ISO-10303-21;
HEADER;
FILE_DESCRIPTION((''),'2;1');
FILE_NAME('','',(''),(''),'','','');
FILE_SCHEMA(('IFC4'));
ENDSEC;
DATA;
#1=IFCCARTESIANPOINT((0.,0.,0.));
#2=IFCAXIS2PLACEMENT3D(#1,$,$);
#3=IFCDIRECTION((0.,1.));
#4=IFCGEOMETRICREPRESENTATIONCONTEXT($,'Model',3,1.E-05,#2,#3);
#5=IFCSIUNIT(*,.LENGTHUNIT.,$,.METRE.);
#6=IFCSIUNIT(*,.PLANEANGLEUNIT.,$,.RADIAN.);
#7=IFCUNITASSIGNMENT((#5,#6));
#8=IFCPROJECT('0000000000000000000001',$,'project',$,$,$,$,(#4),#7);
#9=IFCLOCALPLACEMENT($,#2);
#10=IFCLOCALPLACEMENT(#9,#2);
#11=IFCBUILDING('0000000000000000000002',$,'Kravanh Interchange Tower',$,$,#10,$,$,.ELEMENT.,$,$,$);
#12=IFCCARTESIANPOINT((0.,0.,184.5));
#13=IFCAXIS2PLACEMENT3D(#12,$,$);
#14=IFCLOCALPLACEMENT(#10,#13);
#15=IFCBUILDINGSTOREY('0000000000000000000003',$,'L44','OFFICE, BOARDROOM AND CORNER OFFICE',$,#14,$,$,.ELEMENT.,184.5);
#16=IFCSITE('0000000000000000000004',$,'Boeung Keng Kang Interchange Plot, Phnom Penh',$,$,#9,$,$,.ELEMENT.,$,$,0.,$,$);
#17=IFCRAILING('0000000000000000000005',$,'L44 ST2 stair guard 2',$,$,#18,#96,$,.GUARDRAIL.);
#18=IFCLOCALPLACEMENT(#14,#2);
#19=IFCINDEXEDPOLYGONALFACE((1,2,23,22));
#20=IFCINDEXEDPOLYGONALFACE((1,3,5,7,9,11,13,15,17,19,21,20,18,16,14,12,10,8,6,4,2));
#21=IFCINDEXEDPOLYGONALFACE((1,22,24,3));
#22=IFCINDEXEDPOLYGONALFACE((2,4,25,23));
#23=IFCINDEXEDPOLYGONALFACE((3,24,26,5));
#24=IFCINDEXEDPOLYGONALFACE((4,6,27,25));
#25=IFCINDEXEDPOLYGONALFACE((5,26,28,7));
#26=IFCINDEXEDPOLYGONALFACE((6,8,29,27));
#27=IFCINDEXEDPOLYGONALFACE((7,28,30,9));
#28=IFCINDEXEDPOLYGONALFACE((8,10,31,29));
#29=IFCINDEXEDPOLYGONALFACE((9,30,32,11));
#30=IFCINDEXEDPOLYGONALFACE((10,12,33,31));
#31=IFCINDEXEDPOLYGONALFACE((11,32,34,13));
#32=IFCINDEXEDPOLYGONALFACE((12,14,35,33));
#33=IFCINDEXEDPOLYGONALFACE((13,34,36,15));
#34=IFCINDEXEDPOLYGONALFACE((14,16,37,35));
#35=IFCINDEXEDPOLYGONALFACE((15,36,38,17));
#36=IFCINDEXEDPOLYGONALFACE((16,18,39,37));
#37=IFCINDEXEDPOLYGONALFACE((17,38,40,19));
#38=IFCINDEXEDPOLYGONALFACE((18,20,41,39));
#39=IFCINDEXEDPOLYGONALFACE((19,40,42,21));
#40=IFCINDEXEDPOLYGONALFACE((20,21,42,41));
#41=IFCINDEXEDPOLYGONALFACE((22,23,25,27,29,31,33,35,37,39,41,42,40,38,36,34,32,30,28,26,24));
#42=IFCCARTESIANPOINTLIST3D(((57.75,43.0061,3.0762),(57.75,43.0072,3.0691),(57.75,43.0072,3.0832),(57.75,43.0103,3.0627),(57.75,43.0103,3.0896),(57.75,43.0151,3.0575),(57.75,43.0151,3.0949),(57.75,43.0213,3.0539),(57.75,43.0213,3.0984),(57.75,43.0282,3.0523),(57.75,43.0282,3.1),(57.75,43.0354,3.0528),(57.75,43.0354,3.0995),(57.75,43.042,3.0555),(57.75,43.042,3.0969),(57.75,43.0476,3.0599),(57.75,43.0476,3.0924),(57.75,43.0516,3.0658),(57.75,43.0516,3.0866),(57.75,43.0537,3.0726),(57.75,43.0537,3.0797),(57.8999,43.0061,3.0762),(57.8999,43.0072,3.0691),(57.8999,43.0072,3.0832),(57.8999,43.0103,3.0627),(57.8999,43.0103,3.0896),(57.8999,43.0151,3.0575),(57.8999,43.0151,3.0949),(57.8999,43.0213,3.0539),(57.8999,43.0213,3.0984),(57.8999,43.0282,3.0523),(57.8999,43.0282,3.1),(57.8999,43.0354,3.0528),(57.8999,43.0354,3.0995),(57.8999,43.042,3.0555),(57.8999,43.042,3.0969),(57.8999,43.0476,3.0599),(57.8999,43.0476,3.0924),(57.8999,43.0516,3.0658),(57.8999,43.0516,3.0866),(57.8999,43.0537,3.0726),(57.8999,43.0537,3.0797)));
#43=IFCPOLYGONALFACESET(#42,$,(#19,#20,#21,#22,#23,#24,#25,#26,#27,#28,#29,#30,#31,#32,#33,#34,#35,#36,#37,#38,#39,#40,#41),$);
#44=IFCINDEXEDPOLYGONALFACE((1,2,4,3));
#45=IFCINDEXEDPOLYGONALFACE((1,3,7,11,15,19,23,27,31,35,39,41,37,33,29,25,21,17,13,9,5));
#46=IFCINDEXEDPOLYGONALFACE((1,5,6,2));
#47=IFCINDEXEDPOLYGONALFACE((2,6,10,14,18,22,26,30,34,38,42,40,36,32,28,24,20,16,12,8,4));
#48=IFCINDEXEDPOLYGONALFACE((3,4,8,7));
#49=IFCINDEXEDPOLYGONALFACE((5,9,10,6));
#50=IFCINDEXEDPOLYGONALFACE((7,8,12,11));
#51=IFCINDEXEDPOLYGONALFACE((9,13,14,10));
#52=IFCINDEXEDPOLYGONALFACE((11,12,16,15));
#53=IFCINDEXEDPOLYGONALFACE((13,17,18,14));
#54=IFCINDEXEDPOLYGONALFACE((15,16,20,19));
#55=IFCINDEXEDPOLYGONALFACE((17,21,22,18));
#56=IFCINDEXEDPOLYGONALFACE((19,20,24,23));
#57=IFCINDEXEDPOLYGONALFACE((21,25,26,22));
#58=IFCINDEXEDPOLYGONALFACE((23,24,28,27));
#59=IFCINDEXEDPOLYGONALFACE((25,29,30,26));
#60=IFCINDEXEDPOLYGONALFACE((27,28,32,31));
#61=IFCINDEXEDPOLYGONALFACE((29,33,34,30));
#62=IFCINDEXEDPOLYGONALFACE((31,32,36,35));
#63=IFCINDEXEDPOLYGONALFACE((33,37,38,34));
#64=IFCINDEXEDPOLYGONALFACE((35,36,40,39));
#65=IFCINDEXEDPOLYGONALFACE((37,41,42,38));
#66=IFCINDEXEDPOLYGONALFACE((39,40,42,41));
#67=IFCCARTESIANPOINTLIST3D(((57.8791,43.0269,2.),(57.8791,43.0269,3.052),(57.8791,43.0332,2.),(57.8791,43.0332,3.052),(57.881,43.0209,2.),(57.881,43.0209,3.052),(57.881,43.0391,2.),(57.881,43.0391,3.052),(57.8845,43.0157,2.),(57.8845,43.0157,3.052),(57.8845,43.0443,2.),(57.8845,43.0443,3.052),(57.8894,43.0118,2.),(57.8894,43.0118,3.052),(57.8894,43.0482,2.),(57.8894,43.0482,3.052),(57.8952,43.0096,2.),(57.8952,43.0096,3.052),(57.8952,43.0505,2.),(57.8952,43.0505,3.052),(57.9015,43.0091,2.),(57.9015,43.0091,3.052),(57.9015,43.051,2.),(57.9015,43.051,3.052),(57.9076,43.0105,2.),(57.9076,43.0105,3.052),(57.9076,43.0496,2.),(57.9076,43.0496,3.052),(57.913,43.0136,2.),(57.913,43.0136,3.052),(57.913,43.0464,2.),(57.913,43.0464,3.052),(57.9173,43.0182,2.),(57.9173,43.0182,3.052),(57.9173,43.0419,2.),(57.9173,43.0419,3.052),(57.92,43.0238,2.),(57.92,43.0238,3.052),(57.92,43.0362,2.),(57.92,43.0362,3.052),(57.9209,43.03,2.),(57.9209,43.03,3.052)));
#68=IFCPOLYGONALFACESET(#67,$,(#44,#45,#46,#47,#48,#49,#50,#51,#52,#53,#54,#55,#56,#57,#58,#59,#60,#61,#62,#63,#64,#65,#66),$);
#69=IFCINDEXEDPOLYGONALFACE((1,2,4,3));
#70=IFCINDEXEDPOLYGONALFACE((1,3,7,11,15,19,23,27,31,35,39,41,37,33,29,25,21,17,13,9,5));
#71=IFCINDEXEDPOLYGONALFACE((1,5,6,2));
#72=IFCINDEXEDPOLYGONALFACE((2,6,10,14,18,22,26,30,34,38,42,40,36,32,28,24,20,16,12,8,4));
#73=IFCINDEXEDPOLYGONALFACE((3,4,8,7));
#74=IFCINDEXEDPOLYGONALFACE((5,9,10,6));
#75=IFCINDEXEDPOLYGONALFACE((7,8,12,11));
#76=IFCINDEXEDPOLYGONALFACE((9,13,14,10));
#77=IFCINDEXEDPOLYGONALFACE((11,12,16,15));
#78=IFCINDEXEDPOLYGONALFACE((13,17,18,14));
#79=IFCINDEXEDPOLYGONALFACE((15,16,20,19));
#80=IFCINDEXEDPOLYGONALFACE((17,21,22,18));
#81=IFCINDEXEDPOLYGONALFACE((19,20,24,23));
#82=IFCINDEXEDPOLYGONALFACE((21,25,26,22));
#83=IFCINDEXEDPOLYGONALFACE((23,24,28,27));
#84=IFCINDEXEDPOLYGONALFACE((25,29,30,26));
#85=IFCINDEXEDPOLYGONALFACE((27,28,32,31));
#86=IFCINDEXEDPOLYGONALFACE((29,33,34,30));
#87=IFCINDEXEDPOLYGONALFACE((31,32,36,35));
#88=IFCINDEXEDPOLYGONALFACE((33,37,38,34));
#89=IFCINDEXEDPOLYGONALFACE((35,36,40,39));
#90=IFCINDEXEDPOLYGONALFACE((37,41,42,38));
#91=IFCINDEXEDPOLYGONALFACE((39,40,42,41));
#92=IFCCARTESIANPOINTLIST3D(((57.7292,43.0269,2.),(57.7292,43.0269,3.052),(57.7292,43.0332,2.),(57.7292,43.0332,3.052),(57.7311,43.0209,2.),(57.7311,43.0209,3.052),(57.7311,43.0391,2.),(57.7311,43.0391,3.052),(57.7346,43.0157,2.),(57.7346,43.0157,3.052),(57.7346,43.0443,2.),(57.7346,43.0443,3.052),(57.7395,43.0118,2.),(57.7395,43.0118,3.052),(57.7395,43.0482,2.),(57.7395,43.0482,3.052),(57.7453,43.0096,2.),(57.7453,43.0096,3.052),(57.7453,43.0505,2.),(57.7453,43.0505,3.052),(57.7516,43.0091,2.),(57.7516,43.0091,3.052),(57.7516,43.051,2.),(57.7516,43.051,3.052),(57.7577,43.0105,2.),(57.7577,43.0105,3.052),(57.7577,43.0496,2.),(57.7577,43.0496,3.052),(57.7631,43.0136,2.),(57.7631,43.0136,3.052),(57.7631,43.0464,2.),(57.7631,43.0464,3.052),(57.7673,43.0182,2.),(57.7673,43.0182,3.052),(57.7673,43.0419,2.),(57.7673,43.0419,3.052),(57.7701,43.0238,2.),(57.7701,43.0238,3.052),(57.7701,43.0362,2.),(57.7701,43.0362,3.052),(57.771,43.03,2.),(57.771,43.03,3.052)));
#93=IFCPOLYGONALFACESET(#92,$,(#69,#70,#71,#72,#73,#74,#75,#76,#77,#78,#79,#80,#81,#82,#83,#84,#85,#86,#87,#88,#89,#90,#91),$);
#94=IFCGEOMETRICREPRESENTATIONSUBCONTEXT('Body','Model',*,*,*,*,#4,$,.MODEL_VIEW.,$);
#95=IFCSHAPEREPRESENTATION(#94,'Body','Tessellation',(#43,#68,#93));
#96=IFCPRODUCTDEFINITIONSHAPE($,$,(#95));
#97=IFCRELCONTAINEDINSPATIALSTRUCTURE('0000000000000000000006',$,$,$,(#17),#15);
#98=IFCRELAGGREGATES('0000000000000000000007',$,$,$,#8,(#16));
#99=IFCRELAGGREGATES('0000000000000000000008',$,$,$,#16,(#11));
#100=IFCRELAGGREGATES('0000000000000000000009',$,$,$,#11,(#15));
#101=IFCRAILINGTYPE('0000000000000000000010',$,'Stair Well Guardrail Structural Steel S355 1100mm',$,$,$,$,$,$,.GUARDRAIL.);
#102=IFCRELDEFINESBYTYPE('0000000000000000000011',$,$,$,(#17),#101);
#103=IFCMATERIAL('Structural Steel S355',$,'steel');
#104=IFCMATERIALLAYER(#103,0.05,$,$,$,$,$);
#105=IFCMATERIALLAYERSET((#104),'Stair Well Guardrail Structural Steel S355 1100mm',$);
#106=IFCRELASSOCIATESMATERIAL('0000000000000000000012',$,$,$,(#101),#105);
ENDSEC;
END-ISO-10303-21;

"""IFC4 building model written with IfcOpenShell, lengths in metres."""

from ifc_helpers import new_model, si_unit, direction, frame, origin, origin_2d, place, context, subcontext, project, spatial, circle, extrude, material, layer, layer_set, type_object, element, save


model = new_model("IFC4")

# Units and contexts
model_context = context("Model", 3, precision=1e-05, world=origin(), true_north=direction((0.0, 1.0)))
body_context = subcontext(model_context, "Body", "Model", "MODEL_VIEW")
ifc_project = project(units=[si_unit("LENGTHUNIT", "METRE"), si_unit("PLANEANGLEUNIT", "RADIAN")], contexts=[model_context])

# Site, building, storey
site_placement = place(None, origin())
site = spatial("IfcSite", under=ifc_project, at=site_placement, Name="Boeung Keng Kang Interchange Plot, Phnom Penh", CompositionType="ELEMENT", RefElevation=0.0)
building_placement = place(site_placement, origin())
building = spatial("IfcBuilding", under=site, at=building_placement, Name="Kravanh Interchange Tower", CompositionType="ELEMENT")
storey_placement = place(building_placement, frame((0.0, 0.0, 184.5)))
storey = spatial("IfcBuildingStorey", under=building, at=storey_placement, Name="L44", Description="OFFICE, BOARDROOM AND CORNER OFFICE", CompositionType="ELEMENT", Elevation=184.5)

# Railing
ifc_material_1 = material(Name="Structural Steel S355", Category="steel")
ifc_layer_1 = layer(ifc_material_1, 0.05)
ifc_layer_set_1 = layer_set([ifc_layer_1], Name="Stair Well Guardrail Structural Steel S355 1100mm")
railing_type_1 = type_object("IfcRailingType", Name="Stair Well Guardrail Structural Steel S355 1100mm", PredefinedType="GUARDRAIL", material=ifc_layer_set_1)
railing_1_placement = place(storey_placement, frame((57.8999, 43.03, 2.0)))
element("IfcRailing", 1, at=railing_1_placement, inside=storey, type_object=railing_type_1, Name="L44 ST2 stair guard 2", PredefinedType="GUARDRAIL", context=body_context, shape_type="SweptSolid", body=[
    extrude(circle(Radius=0.0239, at=origin_2d()), frame((0.0, 0.0, 1.0762), z_axis=(-1.0, 0.0, 0.0), x_axis=(0.0, -1.0, 0.0)), (0.0, 0.0, 1.0), 0.1499),
    extrude(circle(Radius=0.021, at=origin_2d()), origin(), (0.0, 0.0, 1.0), 1.052),
    extrude(circle(Radius=0.021, at=origin_2d()), frame((-0.1499, 0.0, 0.0)), (0.0, 0.0, 1.0), 1.052),
])

save(model, "model.ifc")
